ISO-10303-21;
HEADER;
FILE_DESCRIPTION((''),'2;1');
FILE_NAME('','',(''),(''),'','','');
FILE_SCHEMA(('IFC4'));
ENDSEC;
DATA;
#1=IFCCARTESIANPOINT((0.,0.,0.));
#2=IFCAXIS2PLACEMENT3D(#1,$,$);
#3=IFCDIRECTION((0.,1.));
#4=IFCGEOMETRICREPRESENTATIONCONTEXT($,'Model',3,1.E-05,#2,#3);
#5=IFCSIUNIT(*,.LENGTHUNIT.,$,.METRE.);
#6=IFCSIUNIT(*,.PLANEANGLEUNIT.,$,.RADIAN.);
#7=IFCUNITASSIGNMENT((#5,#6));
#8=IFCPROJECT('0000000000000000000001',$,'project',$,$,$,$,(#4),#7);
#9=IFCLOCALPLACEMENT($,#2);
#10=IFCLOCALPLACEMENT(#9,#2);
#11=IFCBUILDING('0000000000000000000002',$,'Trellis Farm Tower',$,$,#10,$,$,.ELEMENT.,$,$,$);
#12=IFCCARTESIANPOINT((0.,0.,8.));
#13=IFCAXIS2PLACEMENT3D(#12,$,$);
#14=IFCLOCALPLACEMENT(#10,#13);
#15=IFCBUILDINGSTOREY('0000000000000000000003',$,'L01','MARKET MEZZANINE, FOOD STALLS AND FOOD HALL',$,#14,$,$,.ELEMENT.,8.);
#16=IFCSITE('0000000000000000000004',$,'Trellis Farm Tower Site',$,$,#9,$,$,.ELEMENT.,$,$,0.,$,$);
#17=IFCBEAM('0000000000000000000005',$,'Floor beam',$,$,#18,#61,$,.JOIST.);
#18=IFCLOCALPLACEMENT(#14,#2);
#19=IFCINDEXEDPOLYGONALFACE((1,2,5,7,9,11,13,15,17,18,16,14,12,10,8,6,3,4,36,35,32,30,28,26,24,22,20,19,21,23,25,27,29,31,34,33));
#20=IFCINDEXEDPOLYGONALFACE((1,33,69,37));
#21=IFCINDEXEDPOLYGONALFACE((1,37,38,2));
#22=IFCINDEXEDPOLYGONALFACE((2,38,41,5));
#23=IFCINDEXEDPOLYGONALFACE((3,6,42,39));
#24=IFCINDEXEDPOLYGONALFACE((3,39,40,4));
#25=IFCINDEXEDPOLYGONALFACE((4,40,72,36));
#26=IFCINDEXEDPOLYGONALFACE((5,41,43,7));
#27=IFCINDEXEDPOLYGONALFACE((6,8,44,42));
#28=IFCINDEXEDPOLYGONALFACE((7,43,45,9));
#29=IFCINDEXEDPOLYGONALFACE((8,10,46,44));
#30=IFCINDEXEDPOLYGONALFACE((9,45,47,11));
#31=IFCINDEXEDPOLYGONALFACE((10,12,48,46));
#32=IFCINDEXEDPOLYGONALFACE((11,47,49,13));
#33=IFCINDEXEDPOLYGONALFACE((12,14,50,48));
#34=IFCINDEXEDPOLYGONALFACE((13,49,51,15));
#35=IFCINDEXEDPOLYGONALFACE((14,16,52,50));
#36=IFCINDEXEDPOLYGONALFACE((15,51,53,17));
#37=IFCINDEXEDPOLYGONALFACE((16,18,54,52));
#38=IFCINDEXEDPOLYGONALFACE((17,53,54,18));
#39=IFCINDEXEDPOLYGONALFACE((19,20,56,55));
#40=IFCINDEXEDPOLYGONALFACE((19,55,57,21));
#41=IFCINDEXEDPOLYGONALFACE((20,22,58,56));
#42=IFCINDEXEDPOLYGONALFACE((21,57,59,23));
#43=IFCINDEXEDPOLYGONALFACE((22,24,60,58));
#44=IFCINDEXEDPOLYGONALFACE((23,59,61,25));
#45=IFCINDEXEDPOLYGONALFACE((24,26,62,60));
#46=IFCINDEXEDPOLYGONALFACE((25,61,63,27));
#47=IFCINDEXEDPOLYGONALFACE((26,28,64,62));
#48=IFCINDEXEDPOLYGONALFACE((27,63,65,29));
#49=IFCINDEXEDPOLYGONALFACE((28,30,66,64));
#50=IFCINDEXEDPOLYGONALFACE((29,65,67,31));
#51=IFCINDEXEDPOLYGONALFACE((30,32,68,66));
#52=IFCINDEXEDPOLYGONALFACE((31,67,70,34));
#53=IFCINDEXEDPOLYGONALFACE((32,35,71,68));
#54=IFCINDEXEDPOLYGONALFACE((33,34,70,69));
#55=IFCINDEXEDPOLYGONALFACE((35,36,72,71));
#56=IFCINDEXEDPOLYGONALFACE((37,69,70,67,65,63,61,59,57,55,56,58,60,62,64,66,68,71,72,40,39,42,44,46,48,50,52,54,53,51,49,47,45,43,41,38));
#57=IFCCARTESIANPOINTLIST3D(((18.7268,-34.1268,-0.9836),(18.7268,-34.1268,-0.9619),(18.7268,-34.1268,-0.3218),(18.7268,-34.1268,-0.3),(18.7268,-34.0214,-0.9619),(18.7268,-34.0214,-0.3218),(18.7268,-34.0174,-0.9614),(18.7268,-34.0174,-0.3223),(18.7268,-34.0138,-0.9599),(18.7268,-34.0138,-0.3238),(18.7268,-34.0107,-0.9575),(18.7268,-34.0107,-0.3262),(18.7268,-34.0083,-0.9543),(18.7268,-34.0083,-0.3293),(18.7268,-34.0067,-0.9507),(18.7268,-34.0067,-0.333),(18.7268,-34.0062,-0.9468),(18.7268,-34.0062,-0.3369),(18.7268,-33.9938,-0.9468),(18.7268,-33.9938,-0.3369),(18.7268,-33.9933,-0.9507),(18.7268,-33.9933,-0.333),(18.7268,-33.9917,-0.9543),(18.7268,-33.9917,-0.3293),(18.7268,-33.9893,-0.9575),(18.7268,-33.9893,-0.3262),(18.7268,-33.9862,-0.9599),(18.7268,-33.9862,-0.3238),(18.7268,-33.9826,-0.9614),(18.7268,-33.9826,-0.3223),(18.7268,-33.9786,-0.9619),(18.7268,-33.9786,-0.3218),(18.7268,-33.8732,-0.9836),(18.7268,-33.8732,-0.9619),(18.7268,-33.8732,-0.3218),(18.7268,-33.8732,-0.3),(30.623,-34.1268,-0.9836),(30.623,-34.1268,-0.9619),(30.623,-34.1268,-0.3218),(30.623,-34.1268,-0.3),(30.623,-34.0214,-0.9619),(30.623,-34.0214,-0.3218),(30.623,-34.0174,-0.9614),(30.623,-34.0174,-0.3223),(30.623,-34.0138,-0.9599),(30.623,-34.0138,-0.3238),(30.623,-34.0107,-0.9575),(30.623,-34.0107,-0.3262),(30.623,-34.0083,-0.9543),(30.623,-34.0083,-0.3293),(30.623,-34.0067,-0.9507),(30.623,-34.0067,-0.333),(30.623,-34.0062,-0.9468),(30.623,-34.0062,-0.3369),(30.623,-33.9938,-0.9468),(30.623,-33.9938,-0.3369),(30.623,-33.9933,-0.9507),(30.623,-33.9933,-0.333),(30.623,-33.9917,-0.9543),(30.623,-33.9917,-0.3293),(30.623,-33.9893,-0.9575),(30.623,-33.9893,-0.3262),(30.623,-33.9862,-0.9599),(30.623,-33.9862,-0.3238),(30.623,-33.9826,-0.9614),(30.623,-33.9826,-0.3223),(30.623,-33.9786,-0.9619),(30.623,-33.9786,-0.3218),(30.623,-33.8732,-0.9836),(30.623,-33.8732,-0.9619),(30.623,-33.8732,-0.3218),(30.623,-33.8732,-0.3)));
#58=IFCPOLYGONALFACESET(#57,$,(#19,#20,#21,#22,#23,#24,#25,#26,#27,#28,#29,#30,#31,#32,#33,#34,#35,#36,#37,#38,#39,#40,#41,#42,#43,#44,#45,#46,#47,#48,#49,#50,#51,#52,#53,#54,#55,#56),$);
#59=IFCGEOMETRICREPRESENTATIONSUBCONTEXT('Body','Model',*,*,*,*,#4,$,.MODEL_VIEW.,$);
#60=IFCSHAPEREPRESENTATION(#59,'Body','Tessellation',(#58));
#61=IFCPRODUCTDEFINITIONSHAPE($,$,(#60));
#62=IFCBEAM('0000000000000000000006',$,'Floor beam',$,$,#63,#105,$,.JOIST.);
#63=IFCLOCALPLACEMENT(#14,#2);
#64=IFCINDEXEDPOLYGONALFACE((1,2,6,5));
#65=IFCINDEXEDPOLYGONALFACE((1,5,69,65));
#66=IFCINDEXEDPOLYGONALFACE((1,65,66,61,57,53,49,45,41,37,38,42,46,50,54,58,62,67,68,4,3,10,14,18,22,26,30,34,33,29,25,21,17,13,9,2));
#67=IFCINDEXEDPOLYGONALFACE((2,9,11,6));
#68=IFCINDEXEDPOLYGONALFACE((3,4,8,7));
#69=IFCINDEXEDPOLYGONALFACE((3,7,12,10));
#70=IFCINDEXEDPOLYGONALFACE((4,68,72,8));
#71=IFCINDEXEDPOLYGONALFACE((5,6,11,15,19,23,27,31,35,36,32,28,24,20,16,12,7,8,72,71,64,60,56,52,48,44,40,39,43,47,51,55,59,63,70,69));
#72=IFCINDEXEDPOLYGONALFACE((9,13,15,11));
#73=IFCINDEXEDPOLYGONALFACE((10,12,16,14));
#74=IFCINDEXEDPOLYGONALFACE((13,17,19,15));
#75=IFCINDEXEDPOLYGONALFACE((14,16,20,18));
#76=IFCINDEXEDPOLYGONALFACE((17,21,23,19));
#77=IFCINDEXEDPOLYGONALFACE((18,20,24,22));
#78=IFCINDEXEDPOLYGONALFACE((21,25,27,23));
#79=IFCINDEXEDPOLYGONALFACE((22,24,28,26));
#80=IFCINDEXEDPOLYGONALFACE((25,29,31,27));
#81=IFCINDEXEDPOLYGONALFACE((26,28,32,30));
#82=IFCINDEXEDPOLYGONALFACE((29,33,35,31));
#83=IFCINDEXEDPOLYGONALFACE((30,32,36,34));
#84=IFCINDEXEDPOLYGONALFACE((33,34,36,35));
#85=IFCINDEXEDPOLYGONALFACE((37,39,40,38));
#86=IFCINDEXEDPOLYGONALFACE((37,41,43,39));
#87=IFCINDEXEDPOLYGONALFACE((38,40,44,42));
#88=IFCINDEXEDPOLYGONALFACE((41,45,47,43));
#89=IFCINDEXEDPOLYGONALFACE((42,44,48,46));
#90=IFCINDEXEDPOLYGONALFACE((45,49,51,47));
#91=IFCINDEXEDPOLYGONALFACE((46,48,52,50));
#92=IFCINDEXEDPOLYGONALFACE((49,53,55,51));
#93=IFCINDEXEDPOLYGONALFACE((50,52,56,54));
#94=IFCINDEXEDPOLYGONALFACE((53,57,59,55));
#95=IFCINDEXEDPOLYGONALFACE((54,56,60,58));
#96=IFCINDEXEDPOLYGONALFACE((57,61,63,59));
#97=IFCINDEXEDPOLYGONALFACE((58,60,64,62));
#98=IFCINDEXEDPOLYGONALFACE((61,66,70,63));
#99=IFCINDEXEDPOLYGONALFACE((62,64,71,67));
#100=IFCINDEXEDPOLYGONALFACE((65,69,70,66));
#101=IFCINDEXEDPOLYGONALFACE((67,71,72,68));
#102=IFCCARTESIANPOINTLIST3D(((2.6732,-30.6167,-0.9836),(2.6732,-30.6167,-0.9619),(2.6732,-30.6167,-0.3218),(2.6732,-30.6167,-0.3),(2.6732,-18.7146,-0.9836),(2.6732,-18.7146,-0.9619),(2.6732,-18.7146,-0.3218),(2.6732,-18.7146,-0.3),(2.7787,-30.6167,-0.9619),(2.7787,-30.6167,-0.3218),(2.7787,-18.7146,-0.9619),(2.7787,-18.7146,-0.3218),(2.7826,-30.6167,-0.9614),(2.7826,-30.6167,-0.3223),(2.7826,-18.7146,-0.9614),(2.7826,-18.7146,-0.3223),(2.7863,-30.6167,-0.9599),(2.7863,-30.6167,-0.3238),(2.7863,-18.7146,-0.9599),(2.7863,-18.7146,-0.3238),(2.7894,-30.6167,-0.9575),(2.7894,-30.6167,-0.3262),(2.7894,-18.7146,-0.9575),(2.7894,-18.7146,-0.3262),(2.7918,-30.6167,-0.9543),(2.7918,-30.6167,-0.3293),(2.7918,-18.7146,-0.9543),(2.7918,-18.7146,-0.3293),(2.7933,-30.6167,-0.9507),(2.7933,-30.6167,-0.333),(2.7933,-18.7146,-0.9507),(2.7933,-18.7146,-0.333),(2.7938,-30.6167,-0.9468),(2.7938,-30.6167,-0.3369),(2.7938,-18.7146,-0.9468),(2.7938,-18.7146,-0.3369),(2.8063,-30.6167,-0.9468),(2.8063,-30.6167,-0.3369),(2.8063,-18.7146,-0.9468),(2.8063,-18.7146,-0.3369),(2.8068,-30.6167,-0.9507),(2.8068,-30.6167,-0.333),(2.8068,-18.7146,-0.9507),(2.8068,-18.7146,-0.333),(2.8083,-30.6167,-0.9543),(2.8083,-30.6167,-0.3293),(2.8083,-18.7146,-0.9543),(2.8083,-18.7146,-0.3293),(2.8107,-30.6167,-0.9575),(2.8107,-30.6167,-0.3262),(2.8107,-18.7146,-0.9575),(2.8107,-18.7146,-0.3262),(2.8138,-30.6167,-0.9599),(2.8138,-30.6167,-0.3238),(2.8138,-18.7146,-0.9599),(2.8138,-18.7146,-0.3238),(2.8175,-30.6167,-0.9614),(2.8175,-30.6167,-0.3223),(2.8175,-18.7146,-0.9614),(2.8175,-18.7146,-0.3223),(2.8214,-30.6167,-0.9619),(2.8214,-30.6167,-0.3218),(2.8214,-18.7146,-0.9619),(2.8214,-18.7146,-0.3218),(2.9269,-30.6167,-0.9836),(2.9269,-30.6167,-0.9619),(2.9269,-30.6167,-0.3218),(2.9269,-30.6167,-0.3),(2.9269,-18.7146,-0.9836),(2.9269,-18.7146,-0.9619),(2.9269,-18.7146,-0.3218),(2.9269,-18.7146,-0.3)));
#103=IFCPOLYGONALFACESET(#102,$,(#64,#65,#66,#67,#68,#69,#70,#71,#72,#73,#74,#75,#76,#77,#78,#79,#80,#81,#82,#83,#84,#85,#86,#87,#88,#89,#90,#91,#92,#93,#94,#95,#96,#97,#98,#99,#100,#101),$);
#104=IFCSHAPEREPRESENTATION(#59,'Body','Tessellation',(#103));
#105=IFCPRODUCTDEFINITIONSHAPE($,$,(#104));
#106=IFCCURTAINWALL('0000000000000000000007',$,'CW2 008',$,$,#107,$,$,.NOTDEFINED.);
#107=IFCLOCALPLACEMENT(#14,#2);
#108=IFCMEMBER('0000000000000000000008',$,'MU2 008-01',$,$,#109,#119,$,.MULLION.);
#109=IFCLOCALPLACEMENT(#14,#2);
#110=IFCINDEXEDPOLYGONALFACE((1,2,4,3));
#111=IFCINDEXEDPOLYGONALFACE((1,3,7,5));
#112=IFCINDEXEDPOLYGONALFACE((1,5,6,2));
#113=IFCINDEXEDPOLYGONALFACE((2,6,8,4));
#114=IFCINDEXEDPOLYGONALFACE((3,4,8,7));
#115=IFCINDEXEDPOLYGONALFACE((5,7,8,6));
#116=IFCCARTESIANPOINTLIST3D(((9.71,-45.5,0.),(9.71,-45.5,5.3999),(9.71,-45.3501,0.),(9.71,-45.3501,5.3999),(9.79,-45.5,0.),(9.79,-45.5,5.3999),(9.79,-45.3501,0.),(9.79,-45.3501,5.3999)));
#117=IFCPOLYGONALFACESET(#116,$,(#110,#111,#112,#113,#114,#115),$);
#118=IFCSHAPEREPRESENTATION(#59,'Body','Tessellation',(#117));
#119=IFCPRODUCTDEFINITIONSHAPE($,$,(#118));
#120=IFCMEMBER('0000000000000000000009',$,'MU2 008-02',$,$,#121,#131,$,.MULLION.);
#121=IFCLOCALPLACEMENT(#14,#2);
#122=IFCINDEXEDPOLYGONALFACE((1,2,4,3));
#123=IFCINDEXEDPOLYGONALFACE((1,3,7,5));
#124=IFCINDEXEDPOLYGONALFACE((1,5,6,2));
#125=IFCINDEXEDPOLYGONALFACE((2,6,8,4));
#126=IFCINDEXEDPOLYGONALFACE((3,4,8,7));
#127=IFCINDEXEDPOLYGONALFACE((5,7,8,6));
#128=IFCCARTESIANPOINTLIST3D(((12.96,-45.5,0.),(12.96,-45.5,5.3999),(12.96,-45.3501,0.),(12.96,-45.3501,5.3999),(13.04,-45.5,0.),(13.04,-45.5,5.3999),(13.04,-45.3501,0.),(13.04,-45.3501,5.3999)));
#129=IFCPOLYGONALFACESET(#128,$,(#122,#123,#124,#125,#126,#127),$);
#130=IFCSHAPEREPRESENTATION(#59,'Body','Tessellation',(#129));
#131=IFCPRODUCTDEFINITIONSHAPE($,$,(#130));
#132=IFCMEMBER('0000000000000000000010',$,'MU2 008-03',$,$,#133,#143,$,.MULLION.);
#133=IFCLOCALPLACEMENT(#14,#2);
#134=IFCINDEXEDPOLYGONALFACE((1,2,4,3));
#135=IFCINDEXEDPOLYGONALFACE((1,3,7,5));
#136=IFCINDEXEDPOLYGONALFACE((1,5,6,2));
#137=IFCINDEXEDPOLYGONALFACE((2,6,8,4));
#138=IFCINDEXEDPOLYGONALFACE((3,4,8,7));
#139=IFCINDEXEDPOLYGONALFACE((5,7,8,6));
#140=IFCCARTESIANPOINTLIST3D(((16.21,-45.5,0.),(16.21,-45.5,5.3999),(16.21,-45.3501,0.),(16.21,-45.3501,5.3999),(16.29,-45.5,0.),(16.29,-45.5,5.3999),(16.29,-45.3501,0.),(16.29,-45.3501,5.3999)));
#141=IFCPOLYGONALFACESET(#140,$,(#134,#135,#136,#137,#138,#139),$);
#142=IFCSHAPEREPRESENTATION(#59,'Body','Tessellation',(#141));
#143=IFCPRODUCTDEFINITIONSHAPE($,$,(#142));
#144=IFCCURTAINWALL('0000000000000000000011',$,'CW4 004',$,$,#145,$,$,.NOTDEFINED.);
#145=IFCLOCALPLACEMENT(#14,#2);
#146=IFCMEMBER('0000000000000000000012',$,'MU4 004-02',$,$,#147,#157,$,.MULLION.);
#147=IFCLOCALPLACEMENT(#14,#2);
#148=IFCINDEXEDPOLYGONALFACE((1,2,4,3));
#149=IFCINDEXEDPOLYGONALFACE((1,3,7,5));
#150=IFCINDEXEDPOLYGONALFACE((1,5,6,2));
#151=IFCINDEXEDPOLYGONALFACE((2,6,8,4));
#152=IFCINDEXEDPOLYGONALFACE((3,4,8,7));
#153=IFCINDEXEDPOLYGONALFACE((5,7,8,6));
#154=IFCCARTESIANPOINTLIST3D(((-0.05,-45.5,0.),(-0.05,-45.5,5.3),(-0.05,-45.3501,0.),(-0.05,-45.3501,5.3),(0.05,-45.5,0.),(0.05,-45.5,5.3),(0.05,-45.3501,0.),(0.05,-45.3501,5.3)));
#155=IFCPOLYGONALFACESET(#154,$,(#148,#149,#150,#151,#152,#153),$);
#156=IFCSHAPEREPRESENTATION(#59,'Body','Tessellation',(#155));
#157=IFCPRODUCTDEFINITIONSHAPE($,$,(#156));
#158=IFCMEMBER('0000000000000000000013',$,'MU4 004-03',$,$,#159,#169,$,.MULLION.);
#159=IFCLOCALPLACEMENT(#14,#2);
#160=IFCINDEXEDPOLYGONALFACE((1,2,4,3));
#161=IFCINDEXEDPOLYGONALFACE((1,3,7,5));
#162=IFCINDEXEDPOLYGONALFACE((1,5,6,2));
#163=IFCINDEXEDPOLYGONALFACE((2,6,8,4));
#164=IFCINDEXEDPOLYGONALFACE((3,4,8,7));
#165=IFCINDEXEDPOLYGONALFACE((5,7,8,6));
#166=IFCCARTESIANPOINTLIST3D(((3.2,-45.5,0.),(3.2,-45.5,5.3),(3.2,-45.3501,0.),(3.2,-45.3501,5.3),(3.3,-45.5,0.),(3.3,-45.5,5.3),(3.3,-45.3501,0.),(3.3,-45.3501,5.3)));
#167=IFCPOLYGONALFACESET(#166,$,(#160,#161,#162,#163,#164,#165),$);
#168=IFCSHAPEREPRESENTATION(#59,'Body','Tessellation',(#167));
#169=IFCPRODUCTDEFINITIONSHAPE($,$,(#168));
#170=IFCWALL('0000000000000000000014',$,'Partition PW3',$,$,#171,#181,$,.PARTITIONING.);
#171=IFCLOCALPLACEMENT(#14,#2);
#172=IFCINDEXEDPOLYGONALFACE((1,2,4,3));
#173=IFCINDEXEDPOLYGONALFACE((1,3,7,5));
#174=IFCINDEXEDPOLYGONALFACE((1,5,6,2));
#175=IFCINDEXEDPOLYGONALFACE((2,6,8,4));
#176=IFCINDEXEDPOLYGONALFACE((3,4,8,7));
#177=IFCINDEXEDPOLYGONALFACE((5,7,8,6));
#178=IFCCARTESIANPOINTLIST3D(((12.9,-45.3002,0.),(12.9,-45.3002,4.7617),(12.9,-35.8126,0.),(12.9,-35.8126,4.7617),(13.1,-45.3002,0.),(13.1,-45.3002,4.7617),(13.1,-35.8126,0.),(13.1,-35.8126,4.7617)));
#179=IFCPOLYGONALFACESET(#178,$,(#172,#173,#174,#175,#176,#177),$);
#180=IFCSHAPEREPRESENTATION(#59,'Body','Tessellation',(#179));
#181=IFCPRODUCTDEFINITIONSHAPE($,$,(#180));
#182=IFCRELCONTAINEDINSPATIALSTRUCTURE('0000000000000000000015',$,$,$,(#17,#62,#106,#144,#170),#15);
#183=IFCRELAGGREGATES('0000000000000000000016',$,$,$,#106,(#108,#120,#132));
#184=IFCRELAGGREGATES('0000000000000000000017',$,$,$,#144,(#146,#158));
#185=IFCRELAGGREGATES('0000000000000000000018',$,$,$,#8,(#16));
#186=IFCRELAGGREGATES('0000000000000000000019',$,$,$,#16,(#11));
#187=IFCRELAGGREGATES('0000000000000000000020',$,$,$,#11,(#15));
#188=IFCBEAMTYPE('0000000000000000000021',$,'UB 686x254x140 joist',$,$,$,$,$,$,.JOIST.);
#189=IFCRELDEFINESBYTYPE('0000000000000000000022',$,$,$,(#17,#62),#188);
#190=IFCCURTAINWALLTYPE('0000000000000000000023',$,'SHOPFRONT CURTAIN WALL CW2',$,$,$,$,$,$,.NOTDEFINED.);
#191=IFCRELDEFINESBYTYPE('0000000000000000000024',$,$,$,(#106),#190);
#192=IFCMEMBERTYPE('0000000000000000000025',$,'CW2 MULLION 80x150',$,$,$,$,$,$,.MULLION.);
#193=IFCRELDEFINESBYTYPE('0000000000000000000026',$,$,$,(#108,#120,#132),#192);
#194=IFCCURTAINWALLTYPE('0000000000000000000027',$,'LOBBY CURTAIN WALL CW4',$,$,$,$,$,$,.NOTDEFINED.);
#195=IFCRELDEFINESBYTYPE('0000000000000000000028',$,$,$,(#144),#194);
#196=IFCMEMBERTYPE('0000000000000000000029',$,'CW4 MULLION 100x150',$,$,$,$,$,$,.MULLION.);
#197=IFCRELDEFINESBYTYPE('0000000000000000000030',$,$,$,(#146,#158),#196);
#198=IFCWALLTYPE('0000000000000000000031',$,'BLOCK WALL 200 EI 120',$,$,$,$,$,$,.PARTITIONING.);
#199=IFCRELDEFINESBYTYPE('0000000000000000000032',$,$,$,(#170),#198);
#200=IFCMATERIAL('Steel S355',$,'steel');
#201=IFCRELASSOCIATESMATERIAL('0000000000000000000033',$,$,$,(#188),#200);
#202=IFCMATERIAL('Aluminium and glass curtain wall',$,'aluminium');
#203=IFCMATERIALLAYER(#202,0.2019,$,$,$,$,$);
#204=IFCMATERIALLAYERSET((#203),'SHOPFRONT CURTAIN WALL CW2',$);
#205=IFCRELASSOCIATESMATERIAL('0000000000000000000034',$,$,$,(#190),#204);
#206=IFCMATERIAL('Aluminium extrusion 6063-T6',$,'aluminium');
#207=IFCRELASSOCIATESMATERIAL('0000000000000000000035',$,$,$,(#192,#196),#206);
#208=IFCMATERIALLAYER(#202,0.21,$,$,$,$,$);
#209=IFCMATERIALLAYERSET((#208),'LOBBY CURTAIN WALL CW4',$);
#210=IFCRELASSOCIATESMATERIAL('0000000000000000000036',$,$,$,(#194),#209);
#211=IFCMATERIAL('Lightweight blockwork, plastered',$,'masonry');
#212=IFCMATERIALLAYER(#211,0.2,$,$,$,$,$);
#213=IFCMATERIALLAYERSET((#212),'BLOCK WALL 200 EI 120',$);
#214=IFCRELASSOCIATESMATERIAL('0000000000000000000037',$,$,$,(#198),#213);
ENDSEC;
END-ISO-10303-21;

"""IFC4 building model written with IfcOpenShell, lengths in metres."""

from ifc_helpers import new_model, si_unit, direction, frame, frame_2d, origin, origin_2d, place, context, subcontext, project, spatial, rectangle, i_section, extrude, source, transform, mapped, material, layer, layer_set, material_profile, profile_set, type_object, element, aggregate, save


model = new_model("IFC4")

# Units and contexts
model_context = context("Model", 3, precision=1e-05, world=origin(), true_north=direction((0.0, 1.0)))
body_context = subcontext(model_context, "Body", "Model", "MODEL_VIEW")
ifc_project = project(units=[si_unit("LENGTHUNIT", "METRE"), si_unit("PLANEANGLEUNIT", "RADIAN")], contexts=[model_context])

# Site, building, storey
site_placement = place(None, origin())
site = spatial("IfcSite", under=ifc_project, at=site_placement, Name="Trellis Farm Tower Site", CompositionType="ELEMENT", RefElevation=0.0)
building_placement = place(site_placement, origin())
building = spatial("IfcBuilding", under=site, at=building_placement, Name="Trellis Farm Tower", CompositionType="ELEMENT")
storey_placement = place(building_placement, frame((0.0, 0.0, 8.0)))
storey = spatial("IfcBuildingStorey", under=building, at=storey_placement, Name="L01", Description="MARKET MEZZANINE, FOOD STALLS AND FOOD HALL", CompositionType="ELEMENT", Elevation=8.0)

# Beams
ifc_material_1 = material(Name="Steel S355", Category="steel")
ifc_material_profile_1 = material_profile(ifc_material_1, i_section(OverallWidth=0.2537, OverallDepth=0.6836, WebThickness=0.0125, FlangeThickness=0.0217, FilletRadius=0.0151, at=origin_2d()), Name="UB 686x254x140")
ifc_profile_set_1 = profile_set([ifc_material_profile_1], Name="Steel S355")
beam_type_1 = type_object("IfcBeamType", Name="UB 686x254x140 joist", PredefinedType="JOIST", material=ifc_profile_set_1)
shared_shape_1 = source(origin(), body_context, "Body", "SweptSolid", [
    extrude(i_section(OverallWidth=0.2537, OverallDepth=0.6836, WebThickness=0.0125, FlangeThickness=0.0217, FilletRadius=0.0151, at=origin_2d()), origin(), (0.0, 0.0, 1.0), 11.8962),
])
for number, where, z_axis, x_axis, name in (
    (1, (18.7268, -34.0, -0.6418), (1.0, 0.0, 0.0), (0.0, 1.0, 0.0), "Floor beam"),
):
    element("IfcBeam", number, at=place(storey_placement, frame(where, z_axis=z_axis, x_axis=x_axis)), inside=storey, type_object=beam_type_1, Name=name, PredefinedType="JOIST", context=body_context, shape_type="MappedRepresentation", body=[
        mapped(shared_shape_1, transform((0.0, 0.0, 0.0))),
    ])
shared_shape_2 = source(origin(), body_context, "Body", "SweptSolid", [
    extrude(i_section(OverallWidth=0.2537, OverallDepth=0.6836, WebThickness=0.0125, FlangeThickness=0.0217, FilletRadius=0.0151, at=origin_2d()), origin(), (0.0, 0.0, 1.0), 11.9021),
])
beam_1_placement = place(storey_placement, frame((2.8, -30.6167, -0.6418), z_axis=(0.0, 1.0, 0.0), x_axis=(-1.0, 0.0, 0.0)))
element("IfcBeam", 2, at=beam_1_placement, inside=storey, type_object=beam_type_1, Name="Floor beam", PredefinedType="JOIST", context=body_context, shape_type="MappedRepresentation", body=[
    mapped(shared_shape_2, transform((0.0, 0.0, 0.0))),
])

# Curtain walls, members
ifc_material_2 = material(Name="Aluminium and glass curtain wall", Category="aluminium")
ifc_layer_1 = layer(ifc_material_2, 0.2019)
ifc_layer_set_1 = layer_set([ifc_layer_1], Name="SHOPFRONT CURTAIN WALL CW2")
curtain_wall_type_1 = type_object("IfcCurtainWallType", Name="SHOPFRONT CURTAIN WALL CW2", PredefinedType="NOTDEFINED", material=ifc_layer_set_1)
placement = place(storey_placement, origin())
curtain_wall_1 = element("IfcCurtainWall", 3, at=placement, inside=storey, type_object=curtain_wall_type_1, Name="CW2 008", PredefinedType="NOTDEFINED")
ifc_material_3 = material(Name="Aluminium extrusion 6063-T6", Category="aluminium")
ifc_material_profile_2 = material_profile(ifc_material_3, rectangle(XDim=0.0801, YDim=0.1499, at=origin_2d()), Name="MULLION 80x150")
ifc_profile_set_2 = profile_set([ifc_material_profile_2], Name="Aluminium extrusion 6063-T6")
member_type_1 = type_object("IfcMemberType", Name="CW2 MULLION 80x150", PredefinedType="MULLION", material=ifc_profile_set_2)
shared_shape_3 = source(origin(), body_context, "Body", "SweptSolid", [
    extrude(rectangle(XDim=0.0801, YDim=0.1499, at=origin_2d()), origin(), (0.0, 0.0, 1.0), 5.3999),
])
member_1_placement = place(storey_placement, frame((9.75, -45.425, 0.0), z_axis=(0.0, 0.0, 1.0), x_axis=(1.0, 0.0, 0.0)))
member_1 = element("IfcMember", 4, at=member_1_placement, type_object=member_type_1, Name="MU2 008-01", PredefinedType="MULLION", context=body_context, shape_type="MappedRepresentation", body=[
    mapped(shared_shape_3, transform((0.0, 0.0, 0.0))),
])
member_2_placement = place(storey_placement, frame((13.0, -45.425, 0.0), z_axis=(0.0, 0.0, 1.0), x_axis=(1.0, 0.0, 0.0)))
member_2 = element("IfcMember", 5, at=member_2_placement, type_object=member_type_1, Name="MU2 008-02", PredefinedType="MULLION", context=body_context, shape_type="MappedRepresentation", body=[
    mapped(shared_shape_3, transform((0.0, 0.0, 0.0))),
])
member_3_placement = place(storey_placement, frame((16.25, -45.425, 0.0), z_axis=(0.0, 0.0, 1.0), x_axis=(1.0, 0.0, 0.0)))
member_3 = element("IfcMember", 6, at=member_3_placement, type_object=member_type_1, Name="MU2 008-03", PredefinedType="MULLION", context=body_context, shape_type="MappedRepresentation", body=[
    mapped(shared_shape_3, transform((0.0, 0.0, 0.0))),
])
aggregate(curtain_wall_1, [member_1, member_2, member_3])
ifc_layer_2 = layer(ifc_material_2, 0.21)
ifc_layer_set_2 = layer_set([ifc_layer_2], Name="LOBBY CURTAIN WALL CW4")
curtain_wall_type_2 = type_object("IfcCurtainWallType", Name="LOBBY CURTAIN WALL CW4", PredefinedType="NOTDEFINED", material=ifc_layer_set_2)
curtain_wall_2 = element("IfcCurtainWall", 7, at=placement, inside=storey, type_object=curtain_wall_type_2, Name="CW4 004", PredefinedType="NOTDEFINED")
ifc_material_profile_3 = material_profile(ifc_material_3, rectangle(XDim=0.1001, YDim=0.1499, at=origin_2d()), Name="MULLION 100x150")
ifc_profile_set_3 = profile_set([ifc_material_profile_3], Name="Aluminium extrusion 6063-T6")
member_type_2 = type_object("IfcMemberType", Name="CW4 MULLION 100x150", PredefinedType="MULLION", material=ifc_profile_set_3)
shared_shape_4 = source(origin(), body_context, "Body", "SweptSolid", [
    extrude(rectangle(XDim=0.1001, YDim=0.1499, at=origin_2d()), origin(), (0.0, 0.0, 1.0), 5.3),
])
member_4_placement = place(storey_placement, frame((0.0, -45.425, 0.0), z_axis=(0.0, 0.0, 1.0), x_axis=(1.0, 0.0, 0.0)))
member_4 = element("IfcMember", 8, at=member_4_placement, type_object=member_type_2, Name="MU4 004-02", PredefinedType="MULLION", context=body_context, shape_type="MappedRepresentation", body=[
    mapped(shared_shape_4, transform((0.0, 0.0, 0.0))),
])
member_5_placement = place(storey_placement, frame((3.25, -45.425, 0.0), z_axis=(0.0, 0.0, 1.0), x_axis=(1.0, 0.0, 0.0)))
member_5 = element("IfcMember", 9, at=member_5_placement, type_object=member_type_2, Name="MU4 004-03", PredefinedType="MULLION", context=body_context, shape_type="MappedRepresentation", body=[
    mapped(shared_shape_4, transform((0.0, 0.0, 0.0))),
])
aggregate(curtain_wall_2, [member_4, member_5])

# Wall
ifc_material_4 = material(Name="Lightweight blockwork, plastered", Category="masonry")
ifc_layer_3 = layer(ifc_material_4, 0.2)
ifc_layer_set_3 = layer_set([ifc_layer_3], Name="BLOCK WALL 200 EI 120")
wall_type = type_object("IfcWallType", Name="BLOCK WALL 200 EI 120", PredefinedType="PARTITIONING", material=ifc_layer_set_3)
wall_1_placement = place(storey_placement, frame((13.0, -45.3, 0.0), z_axis=(0.0, 0.0, 1.0), x_axis=(0.0, 1.0, 0.0)))
element("IfcWall", 10, at=wall_1_placement, inside=storey, type_object=wall_type, Name="Partition PW3", PredefinedType="PARTITIONING", context=body_context, shape_type="SweptSolid", body=[
    extrude(rectangle(XDim=9.4875, YDim=0.2, at=frame_2d((4.7437, 0.0))), origin(), (0.0, 0.0, 1.0), 4.7617),
])

save(model, "model.ifc")
